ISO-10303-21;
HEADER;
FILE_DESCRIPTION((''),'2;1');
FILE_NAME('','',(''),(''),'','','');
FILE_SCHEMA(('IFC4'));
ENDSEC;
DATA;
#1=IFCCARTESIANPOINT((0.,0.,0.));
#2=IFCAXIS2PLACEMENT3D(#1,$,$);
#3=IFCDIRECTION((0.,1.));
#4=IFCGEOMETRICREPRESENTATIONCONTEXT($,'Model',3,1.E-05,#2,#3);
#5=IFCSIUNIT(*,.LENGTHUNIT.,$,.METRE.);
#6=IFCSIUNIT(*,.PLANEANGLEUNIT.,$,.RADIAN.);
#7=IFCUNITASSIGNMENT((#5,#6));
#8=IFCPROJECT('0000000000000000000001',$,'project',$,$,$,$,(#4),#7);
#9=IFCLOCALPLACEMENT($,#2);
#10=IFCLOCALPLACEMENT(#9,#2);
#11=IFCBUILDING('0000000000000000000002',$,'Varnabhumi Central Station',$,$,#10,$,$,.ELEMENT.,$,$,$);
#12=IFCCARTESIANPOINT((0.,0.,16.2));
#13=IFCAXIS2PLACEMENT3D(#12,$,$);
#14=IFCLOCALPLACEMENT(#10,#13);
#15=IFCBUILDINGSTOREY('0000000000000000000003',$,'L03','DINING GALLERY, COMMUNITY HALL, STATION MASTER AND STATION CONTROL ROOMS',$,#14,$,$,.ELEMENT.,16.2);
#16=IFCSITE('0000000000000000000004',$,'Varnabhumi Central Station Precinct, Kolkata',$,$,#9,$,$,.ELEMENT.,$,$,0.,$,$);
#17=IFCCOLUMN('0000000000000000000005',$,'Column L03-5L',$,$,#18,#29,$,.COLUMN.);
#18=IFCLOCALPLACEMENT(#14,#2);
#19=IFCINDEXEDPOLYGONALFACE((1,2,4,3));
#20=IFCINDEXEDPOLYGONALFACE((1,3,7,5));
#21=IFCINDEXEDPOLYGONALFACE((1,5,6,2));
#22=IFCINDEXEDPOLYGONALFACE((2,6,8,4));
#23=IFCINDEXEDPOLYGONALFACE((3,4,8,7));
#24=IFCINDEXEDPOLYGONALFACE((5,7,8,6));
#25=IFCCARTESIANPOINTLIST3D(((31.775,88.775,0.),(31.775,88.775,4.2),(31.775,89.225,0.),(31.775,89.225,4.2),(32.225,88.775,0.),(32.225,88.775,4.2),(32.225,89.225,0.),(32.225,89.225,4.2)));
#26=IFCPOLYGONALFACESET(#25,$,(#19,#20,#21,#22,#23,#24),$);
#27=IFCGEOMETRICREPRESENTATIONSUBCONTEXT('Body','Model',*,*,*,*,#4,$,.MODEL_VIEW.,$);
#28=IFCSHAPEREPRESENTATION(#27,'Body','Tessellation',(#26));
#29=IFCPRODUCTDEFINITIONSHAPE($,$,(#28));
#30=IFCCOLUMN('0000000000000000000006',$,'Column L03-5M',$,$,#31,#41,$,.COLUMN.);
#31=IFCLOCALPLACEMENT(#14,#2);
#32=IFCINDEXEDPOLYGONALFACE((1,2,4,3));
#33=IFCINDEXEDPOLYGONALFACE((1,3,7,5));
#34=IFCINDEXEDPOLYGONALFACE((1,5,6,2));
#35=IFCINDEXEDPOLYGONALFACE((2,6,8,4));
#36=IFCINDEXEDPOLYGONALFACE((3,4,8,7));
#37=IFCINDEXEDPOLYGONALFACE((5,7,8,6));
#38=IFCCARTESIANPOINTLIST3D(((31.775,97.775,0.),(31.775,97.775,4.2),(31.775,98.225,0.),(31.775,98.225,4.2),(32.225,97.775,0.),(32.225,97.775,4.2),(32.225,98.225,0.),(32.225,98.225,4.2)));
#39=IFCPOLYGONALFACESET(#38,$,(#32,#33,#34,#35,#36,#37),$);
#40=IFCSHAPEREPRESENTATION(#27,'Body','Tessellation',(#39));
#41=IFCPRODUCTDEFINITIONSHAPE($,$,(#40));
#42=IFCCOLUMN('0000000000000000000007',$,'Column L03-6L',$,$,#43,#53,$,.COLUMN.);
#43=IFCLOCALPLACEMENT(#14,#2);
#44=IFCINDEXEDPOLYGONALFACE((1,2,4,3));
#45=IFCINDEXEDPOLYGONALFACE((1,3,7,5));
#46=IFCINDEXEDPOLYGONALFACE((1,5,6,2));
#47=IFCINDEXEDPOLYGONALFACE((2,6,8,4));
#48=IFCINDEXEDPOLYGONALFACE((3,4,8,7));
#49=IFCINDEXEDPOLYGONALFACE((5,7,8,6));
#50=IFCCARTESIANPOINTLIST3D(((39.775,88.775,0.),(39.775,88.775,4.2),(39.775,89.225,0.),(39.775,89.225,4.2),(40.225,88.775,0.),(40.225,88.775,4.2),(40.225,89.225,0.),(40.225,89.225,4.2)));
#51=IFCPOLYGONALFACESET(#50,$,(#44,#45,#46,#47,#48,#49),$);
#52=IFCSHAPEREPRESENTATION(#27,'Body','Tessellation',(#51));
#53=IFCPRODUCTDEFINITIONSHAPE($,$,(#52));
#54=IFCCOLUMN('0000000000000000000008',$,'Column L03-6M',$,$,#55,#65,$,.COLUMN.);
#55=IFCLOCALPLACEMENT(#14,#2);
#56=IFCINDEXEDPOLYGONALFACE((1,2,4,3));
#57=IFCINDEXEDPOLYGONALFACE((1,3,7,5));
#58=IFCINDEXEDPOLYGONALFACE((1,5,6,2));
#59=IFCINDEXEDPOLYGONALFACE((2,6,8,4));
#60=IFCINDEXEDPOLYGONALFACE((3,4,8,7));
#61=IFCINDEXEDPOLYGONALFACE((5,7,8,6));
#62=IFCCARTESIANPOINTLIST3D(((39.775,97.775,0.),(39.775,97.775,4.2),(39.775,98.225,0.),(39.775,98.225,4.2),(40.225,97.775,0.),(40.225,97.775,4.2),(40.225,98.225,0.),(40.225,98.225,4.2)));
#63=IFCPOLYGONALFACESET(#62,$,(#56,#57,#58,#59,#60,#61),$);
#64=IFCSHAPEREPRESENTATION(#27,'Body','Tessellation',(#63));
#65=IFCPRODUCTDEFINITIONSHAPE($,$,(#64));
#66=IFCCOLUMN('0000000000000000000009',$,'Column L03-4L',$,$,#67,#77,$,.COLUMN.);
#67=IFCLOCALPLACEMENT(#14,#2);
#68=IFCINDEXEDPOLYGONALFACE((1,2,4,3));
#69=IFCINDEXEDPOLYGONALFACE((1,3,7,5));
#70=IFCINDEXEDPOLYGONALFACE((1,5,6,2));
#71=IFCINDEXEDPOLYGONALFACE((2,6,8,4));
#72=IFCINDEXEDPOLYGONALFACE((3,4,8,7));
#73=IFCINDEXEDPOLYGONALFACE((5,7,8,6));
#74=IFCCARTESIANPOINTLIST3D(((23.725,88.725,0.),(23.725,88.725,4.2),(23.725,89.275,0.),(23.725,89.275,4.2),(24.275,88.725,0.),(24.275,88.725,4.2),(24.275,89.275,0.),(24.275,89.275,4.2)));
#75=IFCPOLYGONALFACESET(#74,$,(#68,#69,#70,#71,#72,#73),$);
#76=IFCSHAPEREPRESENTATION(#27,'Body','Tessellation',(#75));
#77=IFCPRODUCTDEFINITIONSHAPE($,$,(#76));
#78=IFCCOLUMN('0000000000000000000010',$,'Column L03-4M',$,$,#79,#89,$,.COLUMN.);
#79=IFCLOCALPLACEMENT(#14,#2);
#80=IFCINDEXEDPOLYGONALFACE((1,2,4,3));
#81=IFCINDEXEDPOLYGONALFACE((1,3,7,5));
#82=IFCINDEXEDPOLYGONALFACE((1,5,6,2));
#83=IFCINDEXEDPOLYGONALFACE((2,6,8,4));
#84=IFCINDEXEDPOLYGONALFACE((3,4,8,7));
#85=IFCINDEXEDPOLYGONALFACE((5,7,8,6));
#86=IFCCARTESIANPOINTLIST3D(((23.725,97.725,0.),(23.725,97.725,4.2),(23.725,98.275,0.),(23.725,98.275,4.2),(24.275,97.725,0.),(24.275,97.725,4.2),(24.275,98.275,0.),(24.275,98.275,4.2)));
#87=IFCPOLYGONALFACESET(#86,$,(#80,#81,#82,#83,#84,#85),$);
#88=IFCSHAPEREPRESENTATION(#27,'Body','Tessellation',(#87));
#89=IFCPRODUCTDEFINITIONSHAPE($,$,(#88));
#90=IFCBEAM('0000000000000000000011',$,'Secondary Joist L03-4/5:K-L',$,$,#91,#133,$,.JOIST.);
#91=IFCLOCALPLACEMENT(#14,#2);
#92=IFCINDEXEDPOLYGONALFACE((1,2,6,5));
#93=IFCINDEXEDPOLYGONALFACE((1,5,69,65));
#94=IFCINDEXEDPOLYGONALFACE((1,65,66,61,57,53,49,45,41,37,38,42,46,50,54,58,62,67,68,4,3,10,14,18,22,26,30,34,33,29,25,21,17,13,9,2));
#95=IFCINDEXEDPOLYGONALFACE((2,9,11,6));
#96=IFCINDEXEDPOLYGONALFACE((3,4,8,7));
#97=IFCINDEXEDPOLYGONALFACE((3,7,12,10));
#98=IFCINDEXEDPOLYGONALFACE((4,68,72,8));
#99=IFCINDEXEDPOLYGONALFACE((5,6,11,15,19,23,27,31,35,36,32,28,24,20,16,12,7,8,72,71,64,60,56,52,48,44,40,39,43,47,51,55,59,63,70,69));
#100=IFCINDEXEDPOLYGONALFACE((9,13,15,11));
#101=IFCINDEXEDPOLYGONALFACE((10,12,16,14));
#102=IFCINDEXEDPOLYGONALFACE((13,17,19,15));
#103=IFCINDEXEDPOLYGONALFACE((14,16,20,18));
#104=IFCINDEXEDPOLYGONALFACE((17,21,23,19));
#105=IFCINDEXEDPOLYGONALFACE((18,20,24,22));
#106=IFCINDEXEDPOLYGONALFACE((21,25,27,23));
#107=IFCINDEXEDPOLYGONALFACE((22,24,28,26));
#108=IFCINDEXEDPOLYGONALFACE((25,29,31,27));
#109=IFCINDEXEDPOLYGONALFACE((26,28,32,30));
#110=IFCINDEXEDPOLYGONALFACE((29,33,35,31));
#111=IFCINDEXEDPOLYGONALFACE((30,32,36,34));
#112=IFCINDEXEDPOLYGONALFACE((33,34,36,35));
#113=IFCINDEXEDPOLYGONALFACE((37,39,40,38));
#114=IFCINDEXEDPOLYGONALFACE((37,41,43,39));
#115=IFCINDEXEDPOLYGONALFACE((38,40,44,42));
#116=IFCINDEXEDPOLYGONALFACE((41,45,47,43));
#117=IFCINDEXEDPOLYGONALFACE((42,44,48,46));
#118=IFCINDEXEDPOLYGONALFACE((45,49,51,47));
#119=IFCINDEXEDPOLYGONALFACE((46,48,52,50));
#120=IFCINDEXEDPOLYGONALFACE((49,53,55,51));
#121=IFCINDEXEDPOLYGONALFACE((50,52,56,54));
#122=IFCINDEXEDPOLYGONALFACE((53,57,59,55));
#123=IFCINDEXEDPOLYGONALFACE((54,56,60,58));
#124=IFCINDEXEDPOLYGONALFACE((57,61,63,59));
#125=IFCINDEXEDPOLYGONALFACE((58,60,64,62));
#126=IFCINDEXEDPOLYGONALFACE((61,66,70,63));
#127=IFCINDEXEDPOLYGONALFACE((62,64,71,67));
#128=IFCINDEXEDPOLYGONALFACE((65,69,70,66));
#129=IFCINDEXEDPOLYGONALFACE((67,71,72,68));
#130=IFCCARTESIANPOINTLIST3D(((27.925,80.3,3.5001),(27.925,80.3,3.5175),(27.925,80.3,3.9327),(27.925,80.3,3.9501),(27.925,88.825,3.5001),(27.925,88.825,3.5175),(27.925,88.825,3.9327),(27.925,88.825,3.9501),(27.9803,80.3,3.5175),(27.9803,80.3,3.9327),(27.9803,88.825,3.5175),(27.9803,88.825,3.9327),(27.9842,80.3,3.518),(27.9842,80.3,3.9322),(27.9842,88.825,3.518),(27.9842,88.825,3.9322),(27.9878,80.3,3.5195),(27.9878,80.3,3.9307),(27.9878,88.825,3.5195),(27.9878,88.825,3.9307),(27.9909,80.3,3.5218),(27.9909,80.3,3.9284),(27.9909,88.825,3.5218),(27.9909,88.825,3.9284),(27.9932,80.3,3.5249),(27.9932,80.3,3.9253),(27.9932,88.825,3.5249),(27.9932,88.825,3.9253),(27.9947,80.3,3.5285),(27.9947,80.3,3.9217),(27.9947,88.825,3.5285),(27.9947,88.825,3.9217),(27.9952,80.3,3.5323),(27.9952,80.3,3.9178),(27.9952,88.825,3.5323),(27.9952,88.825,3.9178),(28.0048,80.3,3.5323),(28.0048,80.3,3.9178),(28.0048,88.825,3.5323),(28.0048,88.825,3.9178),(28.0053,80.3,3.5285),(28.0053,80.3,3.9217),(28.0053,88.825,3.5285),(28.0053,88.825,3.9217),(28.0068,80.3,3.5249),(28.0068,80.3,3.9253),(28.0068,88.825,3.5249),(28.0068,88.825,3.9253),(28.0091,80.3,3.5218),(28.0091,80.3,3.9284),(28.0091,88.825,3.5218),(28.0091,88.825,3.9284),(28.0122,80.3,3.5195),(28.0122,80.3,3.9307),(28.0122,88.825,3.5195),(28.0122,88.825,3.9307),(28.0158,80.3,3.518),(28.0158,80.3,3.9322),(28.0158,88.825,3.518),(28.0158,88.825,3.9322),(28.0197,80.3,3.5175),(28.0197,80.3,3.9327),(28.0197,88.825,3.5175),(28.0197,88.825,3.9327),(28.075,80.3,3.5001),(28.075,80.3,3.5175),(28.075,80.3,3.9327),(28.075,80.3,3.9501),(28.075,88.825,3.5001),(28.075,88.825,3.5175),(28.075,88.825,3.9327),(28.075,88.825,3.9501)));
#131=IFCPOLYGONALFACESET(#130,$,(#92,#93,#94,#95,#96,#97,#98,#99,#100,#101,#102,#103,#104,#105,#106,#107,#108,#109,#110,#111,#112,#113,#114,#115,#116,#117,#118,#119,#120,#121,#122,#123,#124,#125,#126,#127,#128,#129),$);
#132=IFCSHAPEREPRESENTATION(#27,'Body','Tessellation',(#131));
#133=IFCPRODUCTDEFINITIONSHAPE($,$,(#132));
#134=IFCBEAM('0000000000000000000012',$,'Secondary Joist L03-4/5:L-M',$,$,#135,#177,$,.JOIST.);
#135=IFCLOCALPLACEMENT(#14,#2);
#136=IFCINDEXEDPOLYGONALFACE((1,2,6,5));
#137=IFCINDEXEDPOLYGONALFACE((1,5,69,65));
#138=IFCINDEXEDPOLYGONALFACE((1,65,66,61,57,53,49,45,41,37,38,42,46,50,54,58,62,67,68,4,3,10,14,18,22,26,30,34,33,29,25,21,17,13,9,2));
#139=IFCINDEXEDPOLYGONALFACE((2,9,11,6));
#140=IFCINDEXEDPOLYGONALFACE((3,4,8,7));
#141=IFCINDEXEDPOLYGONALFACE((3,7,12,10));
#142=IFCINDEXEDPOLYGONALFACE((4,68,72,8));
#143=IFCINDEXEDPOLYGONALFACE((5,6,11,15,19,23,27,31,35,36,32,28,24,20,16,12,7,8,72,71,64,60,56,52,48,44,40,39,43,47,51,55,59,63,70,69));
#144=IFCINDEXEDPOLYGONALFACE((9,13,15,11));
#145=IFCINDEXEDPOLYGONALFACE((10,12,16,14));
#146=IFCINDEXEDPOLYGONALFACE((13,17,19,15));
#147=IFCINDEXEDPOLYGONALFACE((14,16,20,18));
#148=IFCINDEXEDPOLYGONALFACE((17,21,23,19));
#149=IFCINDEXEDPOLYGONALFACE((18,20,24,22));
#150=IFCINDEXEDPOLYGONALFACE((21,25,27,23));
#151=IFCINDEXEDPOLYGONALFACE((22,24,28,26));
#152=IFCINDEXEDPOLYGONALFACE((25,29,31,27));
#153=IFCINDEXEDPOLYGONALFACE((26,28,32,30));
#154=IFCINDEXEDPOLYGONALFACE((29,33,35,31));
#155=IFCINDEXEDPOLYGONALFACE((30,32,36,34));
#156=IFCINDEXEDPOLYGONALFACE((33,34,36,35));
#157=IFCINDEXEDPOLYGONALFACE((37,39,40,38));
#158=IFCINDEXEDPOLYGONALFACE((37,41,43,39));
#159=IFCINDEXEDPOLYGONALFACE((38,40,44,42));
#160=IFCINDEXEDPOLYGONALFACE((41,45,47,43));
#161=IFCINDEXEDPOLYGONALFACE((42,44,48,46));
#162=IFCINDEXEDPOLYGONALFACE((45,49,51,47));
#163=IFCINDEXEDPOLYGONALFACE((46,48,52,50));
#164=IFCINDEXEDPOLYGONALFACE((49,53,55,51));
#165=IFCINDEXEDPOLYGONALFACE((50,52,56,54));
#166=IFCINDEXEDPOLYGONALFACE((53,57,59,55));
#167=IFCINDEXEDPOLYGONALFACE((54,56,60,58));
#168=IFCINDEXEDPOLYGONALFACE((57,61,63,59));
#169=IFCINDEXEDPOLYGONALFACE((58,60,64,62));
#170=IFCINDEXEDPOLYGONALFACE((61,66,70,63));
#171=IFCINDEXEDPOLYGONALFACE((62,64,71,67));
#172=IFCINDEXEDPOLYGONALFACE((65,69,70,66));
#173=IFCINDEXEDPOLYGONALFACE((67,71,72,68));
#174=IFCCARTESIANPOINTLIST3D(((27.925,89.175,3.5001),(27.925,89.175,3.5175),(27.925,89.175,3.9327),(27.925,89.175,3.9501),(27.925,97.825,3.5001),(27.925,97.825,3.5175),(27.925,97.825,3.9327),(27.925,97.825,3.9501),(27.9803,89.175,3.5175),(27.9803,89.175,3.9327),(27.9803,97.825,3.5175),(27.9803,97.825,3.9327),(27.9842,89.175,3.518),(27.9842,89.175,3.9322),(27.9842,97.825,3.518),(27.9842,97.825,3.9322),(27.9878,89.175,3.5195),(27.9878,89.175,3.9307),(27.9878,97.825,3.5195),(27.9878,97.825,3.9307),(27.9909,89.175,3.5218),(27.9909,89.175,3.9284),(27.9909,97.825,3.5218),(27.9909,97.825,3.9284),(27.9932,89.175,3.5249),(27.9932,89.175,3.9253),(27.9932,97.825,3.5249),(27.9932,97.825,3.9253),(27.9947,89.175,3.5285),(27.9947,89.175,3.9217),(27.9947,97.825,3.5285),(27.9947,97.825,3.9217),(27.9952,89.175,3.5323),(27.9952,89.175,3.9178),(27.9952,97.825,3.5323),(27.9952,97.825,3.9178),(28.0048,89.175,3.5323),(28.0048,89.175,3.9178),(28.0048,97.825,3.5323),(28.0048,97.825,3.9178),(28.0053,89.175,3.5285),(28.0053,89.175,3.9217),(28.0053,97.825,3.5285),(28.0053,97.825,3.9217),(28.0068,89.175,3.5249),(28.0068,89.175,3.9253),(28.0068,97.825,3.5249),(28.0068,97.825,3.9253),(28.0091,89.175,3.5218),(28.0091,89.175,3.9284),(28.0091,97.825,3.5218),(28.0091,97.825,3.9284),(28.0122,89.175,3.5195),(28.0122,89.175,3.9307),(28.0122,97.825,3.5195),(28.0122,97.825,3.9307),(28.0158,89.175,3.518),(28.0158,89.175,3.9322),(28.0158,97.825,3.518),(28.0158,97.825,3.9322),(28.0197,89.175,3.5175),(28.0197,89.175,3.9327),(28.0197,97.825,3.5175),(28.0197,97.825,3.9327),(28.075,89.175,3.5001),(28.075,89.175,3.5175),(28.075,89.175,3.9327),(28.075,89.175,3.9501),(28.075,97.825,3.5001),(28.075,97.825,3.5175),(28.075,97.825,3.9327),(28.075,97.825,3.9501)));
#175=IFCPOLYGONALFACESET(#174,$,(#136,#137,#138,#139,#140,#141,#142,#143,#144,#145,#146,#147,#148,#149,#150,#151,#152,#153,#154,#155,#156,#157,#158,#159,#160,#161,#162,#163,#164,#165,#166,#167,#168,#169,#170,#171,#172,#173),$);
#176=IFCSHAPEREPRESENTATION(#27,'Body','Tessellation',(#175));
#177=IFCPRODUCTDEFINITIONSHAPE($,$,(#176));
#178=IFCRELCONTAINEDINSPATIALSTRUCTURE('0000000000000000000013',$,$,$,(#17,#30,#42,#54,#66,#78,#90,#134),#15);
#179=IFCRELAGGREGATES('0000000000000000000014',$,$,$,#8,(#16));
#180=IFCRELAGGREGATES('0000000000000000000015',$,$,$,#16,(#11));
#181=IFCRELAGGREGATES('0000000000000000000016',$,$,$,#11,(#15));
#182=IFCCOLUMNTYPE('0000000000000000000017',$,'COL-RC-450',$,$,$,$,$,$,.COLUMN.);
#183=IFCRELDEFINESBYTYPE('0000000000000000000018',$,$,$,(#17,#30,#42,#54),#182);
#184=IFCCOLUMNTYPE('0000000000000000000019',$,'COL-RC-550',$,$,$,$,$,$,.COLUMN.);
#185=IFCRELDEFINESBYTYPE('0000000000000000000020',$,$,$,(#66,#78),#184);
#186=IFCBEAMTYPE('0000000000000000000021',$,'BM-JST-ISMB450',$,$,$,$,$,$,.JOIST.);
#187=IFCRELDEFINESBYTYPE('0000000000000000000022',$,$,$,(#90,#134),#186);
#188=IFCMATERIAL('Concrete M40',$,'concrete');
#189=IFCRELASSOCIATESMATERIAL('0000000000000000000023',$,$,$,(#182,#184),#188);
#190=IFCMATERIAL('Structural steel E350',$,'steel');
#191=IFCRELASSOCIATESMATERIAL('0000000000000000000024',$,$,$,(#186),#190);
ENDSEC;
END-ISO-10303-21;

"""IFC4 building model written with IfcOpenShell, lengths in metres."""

from ifc_helpers import new_model, si_unit, direction, frame, origin, origin_2d, place, context, subcontext, project, spatial, rectangle, i_section, extrude, material, material_profile, profile_set, type_object, element, save


model = new_model("IFC4")

# Units and contexts
model_context = context("Model", 3, precision=1e-05, world=origin(), true_north=direction((0.0, 1.0)))
body_context = subcontext(model_context, "Body", "Model", "MODEL_VIEW")
ifc_project = project(units=[si_unit("LENGTHUNIT", "METRE"), si_unit("PLANEANGLEUNIT", "RADIAN")], contexts=[model_context])

# Site, building, storey
site_placement = place(None, origin())
site = spatial("IfcSite", under=ifc_project, at=site_placement, Name="Varnabhumi Central Station Precinct, Kolkata", CompositionType="ELEMENT", RefElevation=0.0)
building_placement = place(site_placement, origin())
building = spatial("IfcBuilding", under=site, at=building_placement, Name="Varnabhumi Central Station", CompositionType="ELEMENT")
storey_placement = place(building_placement, frame((0.0, 0.0, 16.2)))
storey = spatial("IfcBuildingStorey", under=building, at=storey_placement, Name="L03", Description="DINING GALLERY, COMMUNITY HALL, STATION MASTER AND STATION CONTROL ROOMS", CompositionType="ELEMENT", Elevation=16.2)

# Columns
ifc_material_1 = material(Name="Concrete M40", Category="concrete")
ifc_material_profile_1 = material_profile(ifc_material_1, rectangle(XDim=0.45, YDim=0.45, at=origin_2d()), Name="Concrete M40", Category="concrete")
ifc_profile_set_1 = profile_set([ifc_material_profile_1], Name="Concrete M40")
column_type_1 = type_object("IfcColumnType", Name="COL-RC-450", PredefinedType="COLUMN", material=ifc_profile_set_1)
for number, where, z_axis, x_axis, name in (
    (1, (32.0, 89.0, 0.0), (0.0, 0.0, 1.0), (1.0, 0.0, 0.0), "Column L03-5L"),
    (2, (32.0, 98.0, 0.0), (0.0, 0.0, 1.0), (1.0, 0.0, 0.0), "Column L03-5M"),
    (3, (40.0, 89.0, 0.0), (0.0, 0.0, 1.0), (1.0, 0.0, 0.0), "Column L03-6L"),
    (4, (40.0, 98.0, 0.0), (0.0, 0.0, 1.0), (1.0, 0.0, 0.0), "Column L03-6M"),
):
    element("IfcColumn", number, at=place(storey_placement, frame(where, z_axis=z_axis, x_axis=x_axis)), inside=storey, type_object=column_type_1, Name=name, PredefinedType="COLUMN", context=body_context, shape_type="SweptSolid", body=[
        extrude(rectangle(XDim=0.45, YDim=0.45, at=origin_2d()), origin(), (0.0, 0.0, 1.0), 4.2),
    ])
ifc_material_profile_2 = material_profile(ifc_material_1, rectangle(XDim=0.55, YDim=0.55, at=origin_2d()), Name="Concrete M40", Category="concrete")
ifc_profile_set_2 = profile_set([ifc_material_profile_2], Name="Concrete M40")
column_type_2 = type_object("IfcColumnType", Name="COL-RC-550", PredefinedType="COLUMN", material=ifc_profile_set_2)
for number, where, z_axis, x_axis, name in (
    (5, (24.0, 89.0, 0.0), (0.0, 0.0, 1.0), (1.0, 0.0, 0.0), "Column L03-4L"),
    (6, (24.0, 98.0, 0.0), (0.0, 0.0, 1.0), (1.0, 0.0, 0.0), "Column L03-4M"),
):
    element("IfcColumn", number, at=place(storey_placement, frame(where, z_axis=z_axis, x_axis=x_axis)), inside=storey, type_object=column_type_2, Name=name, PredefinedType="COLUMN", context=body_context, shape_type="SweptSolid", body=[
        extrude(rectangle(XDim=0.55, YDim=0.55, at=origin_2d()), origin(), (0.0, 0.0, 1.0), 4.2),
    ])

# Beams
ifc_material_2 = material(Name="Structural steel E350", Category="steel")
ifc_material_profile_3 = material_profile(ifc_material_2, i_section(OverallWidth=0.1499, OverallDepth=0.45, WebThickness=0.0095, FlangeThickness=0.0173, FilletRadius=0.0149, at=origin_2d()), Name="Structural steel E350", Category="steel")
ifc_profile_set_3 = profile_set([ifc_material_profile_3], Name="Structural steel E350")
beam_type_1 = type_object("IfcBeamType", Name="BM-JST-ISMB450", PredefinedType="JOIST", material=ifc_profile_set_3)
beam_1_placement = place(storey_placement, frame((28.0, 80.3, 3.7251), z_axis=(0.0, 1.0, 0.0), x_axis=(-1.0, 0.0, 0.0)))
element("IfcBeam", 7, at=beam_1_placement, inside=storey, type_object=beam_type_1, Name="Secondary Joist L03-4/5:K-L", PredefinedType="JOIST", context=body_context, shape_type="SweptSolid", body=[
    extrude(i_section(OverallWidth=0.1499, OverallDepth=0.45, WebThickness=0.0095, FlangeThickness=0.0173, FilletRadius=0.0149, at=origin_2d()), origin(), (0.0, 0.0, 1.0), 8.5249),
])
for number, where, z_axis, x_axis, name in (
    (8, (28.0, 89.175, 3.7251), (0.0, 1.0, 0.0), (-1.0, 0.0, 0.0), "Secondary Joist L03-4/5:L-M"),
):
    element("IfcBeam", number, at=place(storey_placement, frame(where, z_axis=z_axis, x_axis=x_axis)), inside=storey, type_object=beam_type_1, Name=name, PredefinedType="JOIST", context=body_context, shape_type="SweptSolid", body=[
        extrude(i_section(OverallWidth=0.1499, OverallDepth=0.45, WebThickness=0.0095, FlangeThickness=0.0173, FilletRadius=0.0149, at=origin_2d()), origin(), (0.0, 0.0, 1.0), 8.6499),
    ])

save(model, "model.ifc")
